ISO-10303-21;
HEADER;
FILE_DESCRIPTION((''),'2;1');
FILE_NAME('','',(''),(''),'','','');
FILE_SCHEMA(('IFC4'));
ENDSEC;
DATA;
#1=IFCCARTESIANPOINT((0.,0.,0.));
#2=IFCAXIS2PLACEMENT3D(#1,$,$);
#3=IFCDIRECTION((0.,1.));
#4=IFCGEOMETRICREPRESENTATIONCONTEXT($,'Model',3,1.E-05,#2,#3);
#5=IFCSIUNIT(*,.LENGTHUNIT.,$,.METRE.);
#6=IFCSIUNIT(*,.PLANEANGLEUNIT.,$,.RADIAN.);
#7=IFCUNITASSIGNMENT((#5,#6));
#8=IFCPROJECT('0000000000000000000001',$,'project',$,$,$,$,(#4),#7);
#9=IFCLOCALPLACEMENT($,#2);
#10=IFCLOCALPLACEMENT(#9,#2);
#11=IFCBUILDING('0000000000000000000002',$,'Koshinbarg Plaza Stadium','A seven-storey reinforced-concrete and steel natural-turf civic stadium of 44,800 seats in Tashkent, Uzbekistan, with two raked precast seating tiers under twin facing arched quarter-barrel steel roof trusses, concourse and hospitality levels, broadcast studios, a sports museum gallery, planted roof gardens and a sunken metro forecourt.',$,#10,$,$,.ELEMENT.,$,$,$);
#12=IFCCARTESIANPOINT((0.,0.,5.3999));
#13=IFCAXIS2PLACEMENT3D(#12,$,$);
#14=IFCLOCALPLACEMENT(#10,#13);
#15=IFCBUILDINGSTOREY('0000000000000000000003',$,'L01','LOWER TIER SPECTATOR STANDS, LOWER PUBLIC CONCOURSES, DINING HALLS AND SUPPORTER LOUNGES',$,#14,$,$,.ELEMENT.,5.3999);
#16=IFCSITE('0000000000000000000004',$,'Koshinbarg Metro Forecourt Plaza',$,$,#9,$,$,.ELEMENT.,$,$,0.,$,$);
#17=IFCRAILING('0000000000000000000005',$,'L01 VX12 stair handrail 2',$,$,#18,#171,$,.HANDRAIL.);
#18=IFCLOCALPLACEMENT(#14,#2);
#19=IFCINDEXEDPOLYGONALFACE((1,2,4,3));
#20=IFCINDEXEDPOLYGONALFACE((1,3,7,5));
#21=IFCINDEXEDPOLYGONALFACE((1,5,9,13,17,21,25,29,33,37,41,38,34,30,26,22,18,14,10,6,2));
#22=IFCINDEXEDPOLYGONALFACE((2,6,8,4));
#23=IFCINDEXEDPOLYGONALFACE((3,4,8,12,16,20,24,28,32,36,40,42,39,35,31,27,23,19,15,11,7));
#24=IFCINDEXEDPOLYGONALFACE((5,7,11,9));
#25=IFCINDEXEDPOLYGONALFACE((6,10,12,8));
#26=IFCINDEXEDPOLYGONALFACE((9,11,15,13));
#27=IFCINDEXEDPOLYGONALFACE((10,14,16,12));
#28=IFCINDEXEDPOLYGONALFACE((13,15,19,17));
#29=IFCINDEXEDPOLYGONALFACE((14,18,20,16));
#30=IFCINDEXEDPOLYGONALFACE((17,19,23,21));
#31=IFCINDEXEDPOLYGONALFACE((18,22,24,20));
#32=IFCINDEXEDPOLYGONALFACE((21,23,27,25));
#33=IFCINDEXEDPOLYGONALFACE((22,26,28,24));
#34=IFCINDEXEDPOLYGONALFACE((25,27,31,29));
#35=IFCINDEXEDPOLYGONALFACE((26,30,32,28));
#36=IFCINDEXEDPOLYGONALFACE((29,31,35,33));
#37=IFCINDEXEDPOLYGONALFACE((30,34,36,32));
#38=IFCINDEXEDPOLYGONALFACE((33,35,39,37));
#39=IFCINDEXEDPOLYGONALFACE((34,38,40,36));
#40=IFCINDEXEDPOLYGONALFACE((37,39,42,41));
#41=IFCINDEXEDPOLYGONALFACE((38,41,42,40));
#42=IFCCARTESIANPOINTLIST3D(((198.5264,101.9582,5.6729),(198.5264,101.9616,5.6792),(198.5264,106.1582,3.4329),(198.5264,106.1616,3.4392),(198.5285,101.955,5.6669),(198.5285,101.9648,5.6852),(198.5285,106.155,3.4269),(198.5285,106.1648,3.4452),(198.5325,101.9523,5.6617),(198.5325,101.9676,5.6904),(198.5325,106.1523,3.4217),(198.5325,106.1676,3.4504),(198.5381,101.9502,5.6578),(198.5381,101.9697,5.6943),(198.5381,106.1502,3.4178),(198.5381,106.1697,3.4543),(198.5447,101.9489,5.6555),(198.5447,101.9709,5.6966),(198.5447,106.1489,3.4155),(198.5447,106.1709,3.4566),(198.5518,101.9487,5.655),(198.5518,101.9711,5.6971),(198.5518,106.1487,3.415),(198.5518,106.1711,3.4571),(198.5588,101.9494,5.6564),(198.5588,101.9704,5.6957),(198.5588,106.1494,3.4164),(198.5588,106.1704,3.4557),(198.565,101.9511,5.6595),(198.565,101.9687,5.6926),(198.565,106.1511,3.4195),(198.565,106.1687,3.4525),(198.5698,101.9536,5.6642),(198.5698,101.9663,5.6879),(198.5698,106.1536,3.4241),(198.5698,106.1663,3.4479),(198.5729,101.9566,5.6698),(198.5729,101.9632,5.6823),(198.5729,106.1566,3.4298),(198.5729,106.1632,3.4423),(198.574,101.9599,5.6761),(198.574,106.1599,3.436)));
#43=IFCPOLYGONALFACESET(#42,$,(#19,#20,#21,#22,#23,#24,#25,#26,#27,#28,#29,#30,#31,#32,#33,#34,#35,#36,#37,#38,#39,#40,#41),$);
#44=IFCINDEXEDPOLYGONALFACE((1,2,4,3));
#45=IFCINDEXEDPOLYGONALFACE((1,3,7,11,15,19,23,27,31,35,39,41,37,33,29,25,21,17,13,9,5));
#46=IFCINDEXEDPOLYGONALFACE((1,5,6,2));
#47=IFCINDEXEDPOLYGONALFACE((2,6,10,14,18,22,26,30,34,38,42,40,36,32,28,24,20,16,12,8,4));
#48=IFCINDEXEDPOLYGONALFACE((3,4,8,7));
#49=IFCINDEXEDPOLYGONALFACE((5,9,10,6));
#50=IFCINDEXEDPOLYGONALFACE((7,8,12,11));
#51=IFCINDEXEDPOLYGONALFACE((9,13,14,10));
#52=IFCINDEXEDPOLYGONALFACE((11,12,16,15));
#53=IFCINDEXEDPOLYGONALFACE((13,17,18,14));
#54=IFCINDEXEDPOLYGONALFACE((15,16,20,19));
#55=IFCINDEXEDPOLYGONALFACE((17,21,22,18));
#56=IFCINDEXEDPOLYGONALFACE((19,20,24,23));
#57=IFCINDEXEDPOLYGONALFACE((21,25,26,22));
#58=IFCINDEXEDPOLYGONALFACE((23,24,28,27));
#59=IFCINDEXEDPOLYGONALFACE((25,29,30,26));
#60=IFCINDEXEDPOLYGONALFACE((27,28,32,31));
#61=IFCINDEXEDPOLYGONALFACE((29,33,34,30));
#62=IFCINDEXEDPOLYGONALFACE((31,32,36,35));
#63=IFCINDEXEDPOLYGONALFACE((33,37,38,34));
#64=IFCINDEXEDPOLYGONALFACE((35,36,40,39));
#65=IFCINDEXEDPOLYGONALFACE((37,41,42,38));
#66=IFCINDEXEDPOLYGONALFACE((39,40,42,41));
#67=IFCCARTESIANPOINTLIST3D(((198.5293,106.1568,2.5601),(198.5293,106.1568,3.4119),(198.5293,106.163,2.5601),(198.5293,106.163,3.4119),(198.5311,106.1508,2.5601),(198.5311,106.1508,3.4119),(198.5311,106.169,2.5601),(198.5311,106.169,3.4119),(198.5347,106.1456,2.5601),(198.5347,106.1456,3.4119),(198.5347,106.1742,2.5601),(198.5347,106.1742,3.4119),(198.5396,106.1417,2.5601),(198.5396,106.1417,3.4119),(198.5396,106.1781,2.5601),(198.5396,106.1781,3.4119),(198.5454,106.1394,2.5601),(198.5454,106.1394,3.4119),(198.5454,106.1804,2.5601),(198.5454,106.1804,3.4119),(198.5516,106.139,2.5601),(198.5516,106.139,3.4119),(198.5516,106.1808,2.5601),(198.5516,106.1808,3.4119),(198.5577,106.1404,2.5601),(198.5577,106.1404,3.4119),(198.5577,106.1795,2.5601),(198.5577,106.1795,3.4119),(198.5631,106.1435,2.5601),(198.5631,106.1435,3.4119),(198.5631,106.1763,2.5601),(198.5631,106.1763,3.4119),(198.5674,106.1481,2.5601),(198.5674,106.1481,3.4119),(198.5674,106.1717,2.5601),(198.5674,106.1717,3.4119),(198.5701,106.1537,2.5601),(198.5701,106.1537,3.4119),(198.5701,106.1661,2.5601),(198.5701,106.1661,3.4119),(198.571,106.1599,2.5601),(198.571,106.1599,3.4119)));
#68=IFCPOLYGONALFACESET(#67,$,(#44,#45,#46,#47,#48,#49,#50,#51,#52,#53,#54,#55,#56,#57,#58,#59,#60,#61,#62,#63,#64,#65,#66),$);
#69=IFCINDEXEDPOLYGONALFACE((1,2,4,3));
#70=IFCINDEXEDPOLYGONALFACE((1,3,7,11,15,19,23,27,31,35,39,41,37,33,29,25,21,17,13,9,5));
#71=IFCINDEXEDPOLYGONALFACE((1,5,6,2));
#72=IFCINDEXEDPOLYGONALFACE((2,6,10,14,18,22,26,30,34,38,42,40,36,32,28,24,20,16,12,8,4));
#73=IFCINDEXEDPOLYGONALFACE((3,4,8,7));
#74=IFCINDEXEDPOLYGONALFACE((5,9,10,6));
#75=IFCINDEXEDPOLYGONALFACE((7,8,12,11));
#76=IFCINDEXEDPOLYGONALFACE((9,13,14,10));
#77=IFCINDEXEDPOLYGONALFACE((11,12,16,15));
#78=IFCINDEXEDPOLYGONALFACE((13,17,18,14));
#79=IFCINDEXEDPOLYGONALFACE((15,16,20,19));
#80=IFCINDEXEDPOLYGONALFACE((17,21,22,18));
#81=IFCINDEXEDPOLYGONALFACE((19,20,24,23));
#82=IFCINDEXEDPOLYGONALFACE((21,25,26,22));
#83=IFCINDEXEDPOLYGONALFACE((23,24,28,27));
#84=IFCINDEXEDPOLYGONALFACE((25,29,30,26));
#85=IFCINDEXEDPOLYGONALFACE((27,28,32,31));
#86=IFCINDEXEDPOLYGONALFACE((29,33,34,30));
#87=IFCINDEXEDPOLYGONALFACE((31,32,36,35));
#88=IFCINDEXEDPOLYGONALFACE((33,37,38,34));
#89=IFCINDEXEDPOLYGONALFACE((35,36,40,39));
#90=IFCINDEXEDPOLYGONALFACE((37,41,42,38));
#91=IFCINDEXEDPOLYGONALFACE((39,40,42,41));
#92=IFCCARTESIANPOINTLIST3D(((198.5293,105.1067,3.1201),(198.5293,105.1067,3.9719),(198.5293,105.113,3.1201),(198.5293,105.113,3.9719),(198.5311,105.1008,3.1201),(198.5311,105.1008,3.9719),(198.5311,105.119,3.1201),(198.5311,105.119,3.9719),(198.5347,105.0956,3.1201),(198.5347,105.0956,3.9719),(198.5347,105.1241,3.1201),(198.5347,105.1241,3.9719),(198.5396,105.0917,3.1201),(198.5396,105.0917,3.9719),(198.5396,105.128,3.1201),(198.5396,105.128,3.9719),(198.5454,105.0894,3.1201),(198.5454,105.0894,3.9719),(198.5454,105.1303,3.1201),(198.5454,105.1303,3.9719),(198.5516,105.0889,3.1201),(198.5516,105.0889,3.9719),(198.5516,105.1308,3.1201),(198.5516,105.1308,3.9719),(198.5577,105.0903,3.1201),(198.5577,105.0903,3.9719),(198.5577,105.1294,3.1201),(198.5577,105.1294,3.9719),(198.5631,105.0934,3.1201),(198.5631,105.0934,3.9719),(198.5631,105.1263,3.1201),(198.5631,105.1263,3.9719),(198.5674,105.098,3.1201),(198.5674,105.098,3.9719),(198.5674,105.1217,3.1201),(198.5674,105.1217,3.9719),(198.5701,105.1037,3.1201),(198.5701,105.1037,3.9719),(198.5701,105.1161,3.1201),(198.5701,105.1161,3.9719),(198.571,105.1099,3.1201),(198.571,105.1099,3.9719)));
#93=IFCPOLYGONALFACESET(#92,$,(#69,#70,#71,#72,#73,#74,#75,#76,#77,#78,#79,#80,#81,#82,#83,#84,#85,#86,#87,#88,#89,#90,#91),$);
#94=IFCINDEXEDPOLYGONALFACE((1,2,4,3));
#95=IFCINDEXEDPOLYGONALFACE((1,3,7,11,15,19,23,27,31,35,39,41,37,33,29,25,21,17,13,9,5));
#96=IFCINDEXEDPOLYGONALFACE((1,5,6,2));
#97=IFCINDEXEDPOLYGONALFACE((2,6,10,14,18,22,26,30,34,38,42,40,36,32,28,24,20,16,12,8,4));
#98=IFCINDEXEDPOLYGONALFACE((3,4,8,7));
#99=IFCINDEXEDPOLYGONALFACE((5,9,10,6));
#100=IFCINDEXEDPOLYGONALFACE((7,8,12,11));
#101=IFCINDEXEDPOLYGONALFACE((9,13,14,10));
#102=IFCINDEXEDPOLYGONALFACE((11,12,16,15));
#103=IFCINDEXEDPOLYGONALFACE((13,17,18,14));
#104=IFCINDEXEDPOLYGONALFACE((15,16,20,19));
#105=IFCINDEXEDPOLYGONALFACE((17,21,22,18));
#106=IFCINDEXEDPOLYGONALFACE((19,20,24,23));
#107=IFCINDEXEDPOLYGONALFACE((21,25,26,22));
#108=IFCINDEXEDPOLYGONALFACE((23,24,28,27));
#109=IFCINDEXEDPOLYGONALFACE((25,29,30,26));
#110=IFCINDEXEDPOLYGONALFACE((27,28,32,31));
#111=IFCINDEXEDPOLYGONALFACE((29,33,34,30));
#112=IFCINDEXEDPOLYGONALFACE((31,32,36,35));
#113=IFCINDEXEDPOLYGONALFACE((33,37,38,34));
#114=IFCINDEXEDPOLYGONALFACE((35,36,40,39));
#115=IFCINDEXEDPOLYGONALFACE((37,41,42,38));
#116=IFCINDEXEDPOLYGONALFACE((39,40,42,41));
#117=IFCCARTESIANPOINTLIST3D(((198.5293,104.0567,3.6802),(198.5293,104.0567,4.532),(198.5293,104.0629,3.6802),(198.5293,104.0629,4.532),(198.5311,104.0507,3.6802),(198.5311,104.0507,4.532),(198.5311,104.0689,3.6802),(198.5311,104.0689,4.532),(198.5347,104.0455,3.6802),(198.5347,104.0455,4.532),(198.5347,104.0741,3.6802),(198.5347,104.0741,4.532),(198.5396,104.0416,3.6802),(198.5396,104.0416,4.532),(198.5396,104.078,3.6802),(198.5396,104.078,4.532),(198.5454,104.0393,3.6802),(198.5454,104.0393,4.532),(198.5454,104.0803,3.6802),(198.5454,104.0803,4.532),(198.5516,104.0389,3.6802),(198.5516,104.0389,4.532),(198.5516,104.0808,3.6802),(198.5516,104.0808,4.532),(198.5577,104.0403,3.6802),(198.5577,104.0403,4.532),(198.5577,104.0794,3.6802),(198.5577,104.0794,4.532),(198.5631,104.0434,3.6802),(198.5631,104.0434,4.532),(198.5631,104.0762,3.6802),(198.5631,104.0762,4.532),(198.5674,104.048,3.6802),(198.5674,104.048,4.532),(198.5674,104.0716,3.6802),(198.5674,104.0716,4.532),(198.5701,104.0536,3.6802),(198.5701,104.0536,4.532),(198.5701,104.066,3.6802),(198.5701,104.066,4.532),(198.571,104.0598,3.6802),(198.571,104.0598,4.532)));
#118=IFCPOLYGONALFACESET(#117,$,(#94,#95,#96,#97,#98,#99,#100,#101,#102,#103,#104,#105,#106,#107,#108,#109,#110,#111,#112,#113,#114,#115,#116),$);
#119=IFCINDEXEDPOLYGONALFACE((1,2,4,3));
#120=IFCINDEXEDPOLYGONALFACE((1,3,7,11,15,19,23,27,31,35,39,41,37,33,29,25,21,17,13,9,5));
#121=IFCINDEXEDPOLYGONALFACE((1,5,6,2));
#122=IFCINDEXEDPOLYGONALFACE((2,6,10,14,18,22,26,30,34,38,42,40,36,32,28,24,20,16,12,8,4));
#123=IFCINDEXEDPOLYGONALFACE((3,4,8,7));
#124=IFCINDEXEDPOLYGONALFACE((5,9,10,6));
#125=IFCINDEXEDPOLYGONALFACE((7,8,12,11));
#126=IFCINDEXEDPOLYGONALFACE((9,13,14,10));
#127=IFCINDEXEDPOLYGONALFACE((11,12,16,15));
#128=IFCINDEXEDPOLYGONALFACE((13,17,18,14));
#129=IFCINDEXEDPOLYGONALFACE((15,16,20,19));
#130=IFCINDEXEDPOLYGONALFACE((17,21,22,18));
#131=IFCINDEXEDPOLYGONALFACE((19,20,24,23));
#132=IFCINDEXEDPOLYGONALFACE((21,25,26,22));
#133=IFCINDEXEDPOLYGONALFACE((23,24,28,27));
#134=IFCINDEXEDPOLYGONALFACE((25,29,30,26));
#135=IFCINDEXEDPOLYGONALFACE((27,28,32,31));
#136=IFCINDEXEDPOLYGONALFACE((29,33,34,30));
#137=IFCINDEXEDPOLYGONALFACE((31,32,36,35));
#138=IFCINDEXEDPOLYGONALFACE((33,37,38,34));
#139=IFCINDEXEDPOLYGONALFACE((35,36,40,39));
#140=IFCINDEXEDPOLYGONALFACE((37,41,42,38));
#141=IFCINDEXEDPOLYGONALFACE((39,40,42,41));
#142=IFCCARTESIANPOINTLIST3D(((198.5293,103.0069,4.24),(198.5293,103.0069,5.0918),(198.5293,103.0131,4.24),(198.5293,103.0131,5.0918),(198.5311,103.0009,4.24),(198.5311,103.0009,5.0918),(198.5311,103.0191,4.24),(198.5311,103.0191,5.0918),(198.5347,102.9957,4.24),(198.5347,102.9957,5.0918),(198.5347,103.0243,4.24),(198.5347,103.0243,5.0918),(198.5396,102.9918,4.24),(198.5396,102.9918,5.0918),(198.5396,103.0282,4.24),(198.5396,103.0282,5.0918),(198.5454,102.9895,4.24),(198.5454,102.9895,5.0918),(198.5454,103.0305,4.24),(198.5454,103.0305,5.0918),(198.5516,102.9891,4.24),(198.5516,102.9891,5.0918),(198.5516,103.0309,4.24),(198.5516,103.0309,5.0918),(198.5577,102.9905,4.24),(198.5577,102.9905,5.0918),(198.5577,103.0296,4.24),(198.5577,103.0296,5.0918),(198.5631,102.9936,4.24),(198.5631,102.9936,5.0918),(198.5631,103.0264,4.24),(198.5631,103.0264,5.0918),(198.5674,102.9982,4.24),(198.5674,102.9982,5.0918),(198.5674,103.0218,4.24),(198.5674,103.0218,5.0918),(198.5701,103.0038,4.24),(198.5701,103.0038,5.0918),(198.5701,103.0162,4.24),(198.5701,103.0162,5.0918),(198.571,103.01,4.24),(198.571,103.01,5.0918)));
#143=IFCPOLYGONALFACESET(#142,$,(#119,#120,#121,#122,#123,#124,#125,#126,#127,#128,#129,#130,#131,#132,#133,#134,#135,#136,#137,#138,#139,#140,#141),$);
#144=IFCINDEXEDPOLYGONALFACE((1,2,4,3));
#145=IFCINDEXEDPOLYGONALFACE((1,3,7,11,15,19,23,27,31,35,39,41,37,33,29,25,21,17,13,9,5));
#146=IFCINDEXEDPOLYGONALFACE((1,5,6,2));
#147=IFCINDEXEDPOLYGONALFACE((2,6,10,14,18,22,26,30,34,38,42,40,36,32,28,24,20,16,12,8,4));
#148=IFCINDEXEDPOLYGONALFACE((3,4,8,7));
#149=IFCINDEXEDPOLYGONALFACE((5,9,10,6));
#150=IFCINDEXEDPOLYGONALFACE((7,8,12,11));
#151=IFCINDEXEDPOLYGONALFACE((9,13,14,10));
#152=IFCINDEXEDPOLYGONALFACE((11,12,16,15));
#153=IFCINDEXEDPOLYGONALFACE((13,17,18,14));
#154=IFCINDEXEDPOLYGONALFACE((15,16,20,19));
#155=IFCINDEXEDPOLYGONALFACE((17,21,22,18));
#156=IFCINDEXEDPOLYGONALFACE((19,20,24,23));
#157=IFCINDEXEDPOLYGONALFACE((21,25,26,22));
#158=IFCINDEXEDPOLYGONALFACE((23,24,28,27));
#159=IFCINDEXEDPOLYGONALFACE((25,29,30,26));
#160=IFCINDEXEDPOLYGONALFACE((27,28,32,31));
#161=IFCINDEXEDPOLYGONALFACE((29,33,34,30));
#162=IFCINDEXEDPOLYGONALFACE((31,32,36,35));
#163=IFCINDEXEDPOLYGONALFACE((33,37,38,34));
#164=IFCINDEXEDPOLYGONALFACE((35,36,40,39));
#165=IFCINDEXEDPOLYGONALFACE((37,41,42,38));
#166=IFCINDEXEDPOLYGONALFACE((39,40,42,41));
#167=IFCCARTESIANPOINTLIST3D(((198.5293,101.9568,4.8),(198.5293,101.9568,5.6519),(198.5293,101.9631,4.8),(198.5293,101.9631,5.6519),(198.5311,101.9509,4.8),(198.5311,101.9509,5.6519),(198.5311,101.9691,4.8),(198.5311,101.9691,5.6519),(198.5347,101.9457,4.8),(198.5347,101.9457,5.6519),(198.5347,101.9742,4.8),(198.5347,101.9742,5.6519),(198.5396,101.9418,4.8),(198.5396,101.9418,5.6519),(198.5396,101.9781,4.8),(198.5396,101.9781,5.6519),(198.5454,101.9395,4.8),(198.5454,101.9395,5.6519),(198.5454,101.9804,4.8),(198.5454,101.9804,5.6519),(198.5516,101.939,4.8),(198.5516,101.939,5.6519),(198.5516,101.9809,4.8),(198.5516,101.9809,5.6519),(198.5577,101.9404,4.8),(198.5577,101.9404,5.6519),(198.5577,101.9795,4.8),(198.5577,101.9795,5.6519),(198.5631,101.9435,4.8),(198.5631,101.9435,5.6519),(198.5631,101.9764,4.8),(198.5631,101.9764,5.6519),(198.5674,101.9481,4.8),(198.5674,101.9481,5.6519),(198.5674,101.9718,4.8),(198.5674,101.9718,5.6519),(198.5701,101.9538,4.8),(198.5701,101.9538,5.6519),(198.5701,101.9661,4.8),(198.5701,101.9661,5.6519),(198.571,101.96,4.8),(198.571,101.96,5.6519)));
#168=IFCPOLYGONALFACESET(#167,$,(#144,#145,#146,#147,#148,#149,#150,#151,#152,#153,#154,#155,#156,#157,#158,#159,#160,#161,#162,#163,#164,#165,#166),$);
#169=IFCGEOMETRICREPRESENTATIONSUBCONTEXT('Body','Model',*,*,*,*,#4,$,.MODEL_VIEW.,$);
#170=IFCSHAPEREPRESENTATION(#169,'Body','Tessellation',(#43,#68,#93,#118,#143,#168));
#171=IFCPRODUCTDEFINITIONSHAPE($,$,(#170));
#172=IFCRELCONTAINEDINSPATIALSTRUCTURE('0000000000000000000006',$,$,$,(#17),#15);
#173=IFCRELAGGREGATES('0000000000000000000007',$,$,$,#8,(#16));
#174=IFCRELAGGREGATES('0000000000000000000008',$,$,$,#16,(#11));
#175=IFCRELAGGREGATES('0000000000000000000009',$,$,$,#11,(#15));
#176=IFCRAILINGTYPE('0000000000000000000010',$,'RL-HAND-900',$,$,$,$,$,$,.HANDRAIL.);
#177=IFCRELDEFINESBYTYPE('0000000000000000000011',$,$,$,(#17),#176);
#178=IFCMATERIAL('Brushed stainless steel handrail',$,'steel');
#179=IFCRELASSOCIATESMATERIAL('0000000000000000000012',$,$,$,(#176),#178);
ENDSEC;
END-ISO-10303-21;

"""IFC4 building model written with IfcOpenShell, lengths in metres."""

from ifc_helpers import new_model, si_unit, direction, frame, origin, origin_2d, place, context, subcontext, project, spatial, circle, extrude, material, type_object, element, save


model = new_model("IFC4")

# Units and contexts
model_context = context("Model", 3, precision=1e-05, world=origin(), true_north=direction((0.0, 1.0)))
body_context = subcontext(model_context, "Body", "Model", "MODEL_VIEW")
ifc_project = project(units=[si_unit("LENGTHUNIT", "METRE"), si_unit("PLANEANGLEUNIT", "RADIAN")], contexts=[model_context])

# Site, building, storey
site_placement = place(None, origin())
site = spatial("IfcSite", under=ifc_project, at=site_placement, Name="Koshinbarg Metro Forecourt Plaza", CompositionType="ELEMENT", RefElevation=0.0)
building_placement = place(site_placement, origin())
building = spatial("IfcBuilding", under=site, at=building_placement, Name="Koshinbarg Plaza Stadium", Description="A seven-storey reinforced-concrete and steel natural-turf civic stadium of 44,800 seats in Tashkent, Uzbekistan, with two raked precast seating tiers under twin facing arched quarter-barrel steel roof trusses, concourse and hospitality levels, broadcast studios, a sports museum gallery, planted roof gardens and a sunken metro forecourt.", CompositionType="ELEMENT")
storey_placement = place(building_placement, frame((0.0, 0.0, 5.3999)))
storey = spatial("IfcBuildingStorey", under=building, at=storey_placement, Name="L01", Description="LOWER TIER SPECTATOR STANDS, LOWER PUBLIC CONCOURSES, DINING HALLS AND SUPPORTER LOUNGES", CompositionType="ELEMENT", Elevation=5.3999)

# Railing
ifc_material_1 = material(Name="Brushed stainless steel handrail", Category="steel")
railing_type_1 = type_object("IfcRailingType", Name="RL-HAND-900", PredefinedType="HANDRAIL", material=ifc_material_1)
railing_1_placement = place(storey_placement, frame((198.55, 106.1599, 2.5601)))
element("IfcRailing", 1, at=railing_1_placement, inside=storey, type_object=railing_type_1, Name="L01 VX12 stair handrail 2", PredefinedType="HANDRAIL", context=body_context, shape_type="SweptSolid", body=[
    extrude(circle(Radius=0.0239, at=origin_2d()), frame((0.0, 0.0, 0.876), z_axis=(0.0, -0.882352, 0.470591), x_axis=(1.0, 0.0, 0.0)), (0.0, 0.0, 1.0), 4.76),
    extrude(circle(Radius=0.021, at=origin_2d()), origin(), (0.0, 0.0, 1.0), 0.8518),
    extrude(circle(Radius=0.021, at=origin_2d()), frame((0.0, -1.05, 0.5601)), (0.0, 0.0, 1.0), 0.8518),
    extrude(circle(Radius=0.021, at=origin_2d()), frame((0.0, -2.1001, 1.1201)), (0.0, 0.0, 1.0), 0.8518),
    extrude(circle(Radius=0.021, at=origin_2d()), frame((0.0, -3.1499, 1.6799)), (0.0, 0.0, 1.0), 0.8518),
    extrude(circle(Radius=0.021, at=origin_2d()), frame((0.0, -4.2, 2.24)), (0.0, 0.0, 1.0), 0.8518),
])

save(model, "model.ifc")
